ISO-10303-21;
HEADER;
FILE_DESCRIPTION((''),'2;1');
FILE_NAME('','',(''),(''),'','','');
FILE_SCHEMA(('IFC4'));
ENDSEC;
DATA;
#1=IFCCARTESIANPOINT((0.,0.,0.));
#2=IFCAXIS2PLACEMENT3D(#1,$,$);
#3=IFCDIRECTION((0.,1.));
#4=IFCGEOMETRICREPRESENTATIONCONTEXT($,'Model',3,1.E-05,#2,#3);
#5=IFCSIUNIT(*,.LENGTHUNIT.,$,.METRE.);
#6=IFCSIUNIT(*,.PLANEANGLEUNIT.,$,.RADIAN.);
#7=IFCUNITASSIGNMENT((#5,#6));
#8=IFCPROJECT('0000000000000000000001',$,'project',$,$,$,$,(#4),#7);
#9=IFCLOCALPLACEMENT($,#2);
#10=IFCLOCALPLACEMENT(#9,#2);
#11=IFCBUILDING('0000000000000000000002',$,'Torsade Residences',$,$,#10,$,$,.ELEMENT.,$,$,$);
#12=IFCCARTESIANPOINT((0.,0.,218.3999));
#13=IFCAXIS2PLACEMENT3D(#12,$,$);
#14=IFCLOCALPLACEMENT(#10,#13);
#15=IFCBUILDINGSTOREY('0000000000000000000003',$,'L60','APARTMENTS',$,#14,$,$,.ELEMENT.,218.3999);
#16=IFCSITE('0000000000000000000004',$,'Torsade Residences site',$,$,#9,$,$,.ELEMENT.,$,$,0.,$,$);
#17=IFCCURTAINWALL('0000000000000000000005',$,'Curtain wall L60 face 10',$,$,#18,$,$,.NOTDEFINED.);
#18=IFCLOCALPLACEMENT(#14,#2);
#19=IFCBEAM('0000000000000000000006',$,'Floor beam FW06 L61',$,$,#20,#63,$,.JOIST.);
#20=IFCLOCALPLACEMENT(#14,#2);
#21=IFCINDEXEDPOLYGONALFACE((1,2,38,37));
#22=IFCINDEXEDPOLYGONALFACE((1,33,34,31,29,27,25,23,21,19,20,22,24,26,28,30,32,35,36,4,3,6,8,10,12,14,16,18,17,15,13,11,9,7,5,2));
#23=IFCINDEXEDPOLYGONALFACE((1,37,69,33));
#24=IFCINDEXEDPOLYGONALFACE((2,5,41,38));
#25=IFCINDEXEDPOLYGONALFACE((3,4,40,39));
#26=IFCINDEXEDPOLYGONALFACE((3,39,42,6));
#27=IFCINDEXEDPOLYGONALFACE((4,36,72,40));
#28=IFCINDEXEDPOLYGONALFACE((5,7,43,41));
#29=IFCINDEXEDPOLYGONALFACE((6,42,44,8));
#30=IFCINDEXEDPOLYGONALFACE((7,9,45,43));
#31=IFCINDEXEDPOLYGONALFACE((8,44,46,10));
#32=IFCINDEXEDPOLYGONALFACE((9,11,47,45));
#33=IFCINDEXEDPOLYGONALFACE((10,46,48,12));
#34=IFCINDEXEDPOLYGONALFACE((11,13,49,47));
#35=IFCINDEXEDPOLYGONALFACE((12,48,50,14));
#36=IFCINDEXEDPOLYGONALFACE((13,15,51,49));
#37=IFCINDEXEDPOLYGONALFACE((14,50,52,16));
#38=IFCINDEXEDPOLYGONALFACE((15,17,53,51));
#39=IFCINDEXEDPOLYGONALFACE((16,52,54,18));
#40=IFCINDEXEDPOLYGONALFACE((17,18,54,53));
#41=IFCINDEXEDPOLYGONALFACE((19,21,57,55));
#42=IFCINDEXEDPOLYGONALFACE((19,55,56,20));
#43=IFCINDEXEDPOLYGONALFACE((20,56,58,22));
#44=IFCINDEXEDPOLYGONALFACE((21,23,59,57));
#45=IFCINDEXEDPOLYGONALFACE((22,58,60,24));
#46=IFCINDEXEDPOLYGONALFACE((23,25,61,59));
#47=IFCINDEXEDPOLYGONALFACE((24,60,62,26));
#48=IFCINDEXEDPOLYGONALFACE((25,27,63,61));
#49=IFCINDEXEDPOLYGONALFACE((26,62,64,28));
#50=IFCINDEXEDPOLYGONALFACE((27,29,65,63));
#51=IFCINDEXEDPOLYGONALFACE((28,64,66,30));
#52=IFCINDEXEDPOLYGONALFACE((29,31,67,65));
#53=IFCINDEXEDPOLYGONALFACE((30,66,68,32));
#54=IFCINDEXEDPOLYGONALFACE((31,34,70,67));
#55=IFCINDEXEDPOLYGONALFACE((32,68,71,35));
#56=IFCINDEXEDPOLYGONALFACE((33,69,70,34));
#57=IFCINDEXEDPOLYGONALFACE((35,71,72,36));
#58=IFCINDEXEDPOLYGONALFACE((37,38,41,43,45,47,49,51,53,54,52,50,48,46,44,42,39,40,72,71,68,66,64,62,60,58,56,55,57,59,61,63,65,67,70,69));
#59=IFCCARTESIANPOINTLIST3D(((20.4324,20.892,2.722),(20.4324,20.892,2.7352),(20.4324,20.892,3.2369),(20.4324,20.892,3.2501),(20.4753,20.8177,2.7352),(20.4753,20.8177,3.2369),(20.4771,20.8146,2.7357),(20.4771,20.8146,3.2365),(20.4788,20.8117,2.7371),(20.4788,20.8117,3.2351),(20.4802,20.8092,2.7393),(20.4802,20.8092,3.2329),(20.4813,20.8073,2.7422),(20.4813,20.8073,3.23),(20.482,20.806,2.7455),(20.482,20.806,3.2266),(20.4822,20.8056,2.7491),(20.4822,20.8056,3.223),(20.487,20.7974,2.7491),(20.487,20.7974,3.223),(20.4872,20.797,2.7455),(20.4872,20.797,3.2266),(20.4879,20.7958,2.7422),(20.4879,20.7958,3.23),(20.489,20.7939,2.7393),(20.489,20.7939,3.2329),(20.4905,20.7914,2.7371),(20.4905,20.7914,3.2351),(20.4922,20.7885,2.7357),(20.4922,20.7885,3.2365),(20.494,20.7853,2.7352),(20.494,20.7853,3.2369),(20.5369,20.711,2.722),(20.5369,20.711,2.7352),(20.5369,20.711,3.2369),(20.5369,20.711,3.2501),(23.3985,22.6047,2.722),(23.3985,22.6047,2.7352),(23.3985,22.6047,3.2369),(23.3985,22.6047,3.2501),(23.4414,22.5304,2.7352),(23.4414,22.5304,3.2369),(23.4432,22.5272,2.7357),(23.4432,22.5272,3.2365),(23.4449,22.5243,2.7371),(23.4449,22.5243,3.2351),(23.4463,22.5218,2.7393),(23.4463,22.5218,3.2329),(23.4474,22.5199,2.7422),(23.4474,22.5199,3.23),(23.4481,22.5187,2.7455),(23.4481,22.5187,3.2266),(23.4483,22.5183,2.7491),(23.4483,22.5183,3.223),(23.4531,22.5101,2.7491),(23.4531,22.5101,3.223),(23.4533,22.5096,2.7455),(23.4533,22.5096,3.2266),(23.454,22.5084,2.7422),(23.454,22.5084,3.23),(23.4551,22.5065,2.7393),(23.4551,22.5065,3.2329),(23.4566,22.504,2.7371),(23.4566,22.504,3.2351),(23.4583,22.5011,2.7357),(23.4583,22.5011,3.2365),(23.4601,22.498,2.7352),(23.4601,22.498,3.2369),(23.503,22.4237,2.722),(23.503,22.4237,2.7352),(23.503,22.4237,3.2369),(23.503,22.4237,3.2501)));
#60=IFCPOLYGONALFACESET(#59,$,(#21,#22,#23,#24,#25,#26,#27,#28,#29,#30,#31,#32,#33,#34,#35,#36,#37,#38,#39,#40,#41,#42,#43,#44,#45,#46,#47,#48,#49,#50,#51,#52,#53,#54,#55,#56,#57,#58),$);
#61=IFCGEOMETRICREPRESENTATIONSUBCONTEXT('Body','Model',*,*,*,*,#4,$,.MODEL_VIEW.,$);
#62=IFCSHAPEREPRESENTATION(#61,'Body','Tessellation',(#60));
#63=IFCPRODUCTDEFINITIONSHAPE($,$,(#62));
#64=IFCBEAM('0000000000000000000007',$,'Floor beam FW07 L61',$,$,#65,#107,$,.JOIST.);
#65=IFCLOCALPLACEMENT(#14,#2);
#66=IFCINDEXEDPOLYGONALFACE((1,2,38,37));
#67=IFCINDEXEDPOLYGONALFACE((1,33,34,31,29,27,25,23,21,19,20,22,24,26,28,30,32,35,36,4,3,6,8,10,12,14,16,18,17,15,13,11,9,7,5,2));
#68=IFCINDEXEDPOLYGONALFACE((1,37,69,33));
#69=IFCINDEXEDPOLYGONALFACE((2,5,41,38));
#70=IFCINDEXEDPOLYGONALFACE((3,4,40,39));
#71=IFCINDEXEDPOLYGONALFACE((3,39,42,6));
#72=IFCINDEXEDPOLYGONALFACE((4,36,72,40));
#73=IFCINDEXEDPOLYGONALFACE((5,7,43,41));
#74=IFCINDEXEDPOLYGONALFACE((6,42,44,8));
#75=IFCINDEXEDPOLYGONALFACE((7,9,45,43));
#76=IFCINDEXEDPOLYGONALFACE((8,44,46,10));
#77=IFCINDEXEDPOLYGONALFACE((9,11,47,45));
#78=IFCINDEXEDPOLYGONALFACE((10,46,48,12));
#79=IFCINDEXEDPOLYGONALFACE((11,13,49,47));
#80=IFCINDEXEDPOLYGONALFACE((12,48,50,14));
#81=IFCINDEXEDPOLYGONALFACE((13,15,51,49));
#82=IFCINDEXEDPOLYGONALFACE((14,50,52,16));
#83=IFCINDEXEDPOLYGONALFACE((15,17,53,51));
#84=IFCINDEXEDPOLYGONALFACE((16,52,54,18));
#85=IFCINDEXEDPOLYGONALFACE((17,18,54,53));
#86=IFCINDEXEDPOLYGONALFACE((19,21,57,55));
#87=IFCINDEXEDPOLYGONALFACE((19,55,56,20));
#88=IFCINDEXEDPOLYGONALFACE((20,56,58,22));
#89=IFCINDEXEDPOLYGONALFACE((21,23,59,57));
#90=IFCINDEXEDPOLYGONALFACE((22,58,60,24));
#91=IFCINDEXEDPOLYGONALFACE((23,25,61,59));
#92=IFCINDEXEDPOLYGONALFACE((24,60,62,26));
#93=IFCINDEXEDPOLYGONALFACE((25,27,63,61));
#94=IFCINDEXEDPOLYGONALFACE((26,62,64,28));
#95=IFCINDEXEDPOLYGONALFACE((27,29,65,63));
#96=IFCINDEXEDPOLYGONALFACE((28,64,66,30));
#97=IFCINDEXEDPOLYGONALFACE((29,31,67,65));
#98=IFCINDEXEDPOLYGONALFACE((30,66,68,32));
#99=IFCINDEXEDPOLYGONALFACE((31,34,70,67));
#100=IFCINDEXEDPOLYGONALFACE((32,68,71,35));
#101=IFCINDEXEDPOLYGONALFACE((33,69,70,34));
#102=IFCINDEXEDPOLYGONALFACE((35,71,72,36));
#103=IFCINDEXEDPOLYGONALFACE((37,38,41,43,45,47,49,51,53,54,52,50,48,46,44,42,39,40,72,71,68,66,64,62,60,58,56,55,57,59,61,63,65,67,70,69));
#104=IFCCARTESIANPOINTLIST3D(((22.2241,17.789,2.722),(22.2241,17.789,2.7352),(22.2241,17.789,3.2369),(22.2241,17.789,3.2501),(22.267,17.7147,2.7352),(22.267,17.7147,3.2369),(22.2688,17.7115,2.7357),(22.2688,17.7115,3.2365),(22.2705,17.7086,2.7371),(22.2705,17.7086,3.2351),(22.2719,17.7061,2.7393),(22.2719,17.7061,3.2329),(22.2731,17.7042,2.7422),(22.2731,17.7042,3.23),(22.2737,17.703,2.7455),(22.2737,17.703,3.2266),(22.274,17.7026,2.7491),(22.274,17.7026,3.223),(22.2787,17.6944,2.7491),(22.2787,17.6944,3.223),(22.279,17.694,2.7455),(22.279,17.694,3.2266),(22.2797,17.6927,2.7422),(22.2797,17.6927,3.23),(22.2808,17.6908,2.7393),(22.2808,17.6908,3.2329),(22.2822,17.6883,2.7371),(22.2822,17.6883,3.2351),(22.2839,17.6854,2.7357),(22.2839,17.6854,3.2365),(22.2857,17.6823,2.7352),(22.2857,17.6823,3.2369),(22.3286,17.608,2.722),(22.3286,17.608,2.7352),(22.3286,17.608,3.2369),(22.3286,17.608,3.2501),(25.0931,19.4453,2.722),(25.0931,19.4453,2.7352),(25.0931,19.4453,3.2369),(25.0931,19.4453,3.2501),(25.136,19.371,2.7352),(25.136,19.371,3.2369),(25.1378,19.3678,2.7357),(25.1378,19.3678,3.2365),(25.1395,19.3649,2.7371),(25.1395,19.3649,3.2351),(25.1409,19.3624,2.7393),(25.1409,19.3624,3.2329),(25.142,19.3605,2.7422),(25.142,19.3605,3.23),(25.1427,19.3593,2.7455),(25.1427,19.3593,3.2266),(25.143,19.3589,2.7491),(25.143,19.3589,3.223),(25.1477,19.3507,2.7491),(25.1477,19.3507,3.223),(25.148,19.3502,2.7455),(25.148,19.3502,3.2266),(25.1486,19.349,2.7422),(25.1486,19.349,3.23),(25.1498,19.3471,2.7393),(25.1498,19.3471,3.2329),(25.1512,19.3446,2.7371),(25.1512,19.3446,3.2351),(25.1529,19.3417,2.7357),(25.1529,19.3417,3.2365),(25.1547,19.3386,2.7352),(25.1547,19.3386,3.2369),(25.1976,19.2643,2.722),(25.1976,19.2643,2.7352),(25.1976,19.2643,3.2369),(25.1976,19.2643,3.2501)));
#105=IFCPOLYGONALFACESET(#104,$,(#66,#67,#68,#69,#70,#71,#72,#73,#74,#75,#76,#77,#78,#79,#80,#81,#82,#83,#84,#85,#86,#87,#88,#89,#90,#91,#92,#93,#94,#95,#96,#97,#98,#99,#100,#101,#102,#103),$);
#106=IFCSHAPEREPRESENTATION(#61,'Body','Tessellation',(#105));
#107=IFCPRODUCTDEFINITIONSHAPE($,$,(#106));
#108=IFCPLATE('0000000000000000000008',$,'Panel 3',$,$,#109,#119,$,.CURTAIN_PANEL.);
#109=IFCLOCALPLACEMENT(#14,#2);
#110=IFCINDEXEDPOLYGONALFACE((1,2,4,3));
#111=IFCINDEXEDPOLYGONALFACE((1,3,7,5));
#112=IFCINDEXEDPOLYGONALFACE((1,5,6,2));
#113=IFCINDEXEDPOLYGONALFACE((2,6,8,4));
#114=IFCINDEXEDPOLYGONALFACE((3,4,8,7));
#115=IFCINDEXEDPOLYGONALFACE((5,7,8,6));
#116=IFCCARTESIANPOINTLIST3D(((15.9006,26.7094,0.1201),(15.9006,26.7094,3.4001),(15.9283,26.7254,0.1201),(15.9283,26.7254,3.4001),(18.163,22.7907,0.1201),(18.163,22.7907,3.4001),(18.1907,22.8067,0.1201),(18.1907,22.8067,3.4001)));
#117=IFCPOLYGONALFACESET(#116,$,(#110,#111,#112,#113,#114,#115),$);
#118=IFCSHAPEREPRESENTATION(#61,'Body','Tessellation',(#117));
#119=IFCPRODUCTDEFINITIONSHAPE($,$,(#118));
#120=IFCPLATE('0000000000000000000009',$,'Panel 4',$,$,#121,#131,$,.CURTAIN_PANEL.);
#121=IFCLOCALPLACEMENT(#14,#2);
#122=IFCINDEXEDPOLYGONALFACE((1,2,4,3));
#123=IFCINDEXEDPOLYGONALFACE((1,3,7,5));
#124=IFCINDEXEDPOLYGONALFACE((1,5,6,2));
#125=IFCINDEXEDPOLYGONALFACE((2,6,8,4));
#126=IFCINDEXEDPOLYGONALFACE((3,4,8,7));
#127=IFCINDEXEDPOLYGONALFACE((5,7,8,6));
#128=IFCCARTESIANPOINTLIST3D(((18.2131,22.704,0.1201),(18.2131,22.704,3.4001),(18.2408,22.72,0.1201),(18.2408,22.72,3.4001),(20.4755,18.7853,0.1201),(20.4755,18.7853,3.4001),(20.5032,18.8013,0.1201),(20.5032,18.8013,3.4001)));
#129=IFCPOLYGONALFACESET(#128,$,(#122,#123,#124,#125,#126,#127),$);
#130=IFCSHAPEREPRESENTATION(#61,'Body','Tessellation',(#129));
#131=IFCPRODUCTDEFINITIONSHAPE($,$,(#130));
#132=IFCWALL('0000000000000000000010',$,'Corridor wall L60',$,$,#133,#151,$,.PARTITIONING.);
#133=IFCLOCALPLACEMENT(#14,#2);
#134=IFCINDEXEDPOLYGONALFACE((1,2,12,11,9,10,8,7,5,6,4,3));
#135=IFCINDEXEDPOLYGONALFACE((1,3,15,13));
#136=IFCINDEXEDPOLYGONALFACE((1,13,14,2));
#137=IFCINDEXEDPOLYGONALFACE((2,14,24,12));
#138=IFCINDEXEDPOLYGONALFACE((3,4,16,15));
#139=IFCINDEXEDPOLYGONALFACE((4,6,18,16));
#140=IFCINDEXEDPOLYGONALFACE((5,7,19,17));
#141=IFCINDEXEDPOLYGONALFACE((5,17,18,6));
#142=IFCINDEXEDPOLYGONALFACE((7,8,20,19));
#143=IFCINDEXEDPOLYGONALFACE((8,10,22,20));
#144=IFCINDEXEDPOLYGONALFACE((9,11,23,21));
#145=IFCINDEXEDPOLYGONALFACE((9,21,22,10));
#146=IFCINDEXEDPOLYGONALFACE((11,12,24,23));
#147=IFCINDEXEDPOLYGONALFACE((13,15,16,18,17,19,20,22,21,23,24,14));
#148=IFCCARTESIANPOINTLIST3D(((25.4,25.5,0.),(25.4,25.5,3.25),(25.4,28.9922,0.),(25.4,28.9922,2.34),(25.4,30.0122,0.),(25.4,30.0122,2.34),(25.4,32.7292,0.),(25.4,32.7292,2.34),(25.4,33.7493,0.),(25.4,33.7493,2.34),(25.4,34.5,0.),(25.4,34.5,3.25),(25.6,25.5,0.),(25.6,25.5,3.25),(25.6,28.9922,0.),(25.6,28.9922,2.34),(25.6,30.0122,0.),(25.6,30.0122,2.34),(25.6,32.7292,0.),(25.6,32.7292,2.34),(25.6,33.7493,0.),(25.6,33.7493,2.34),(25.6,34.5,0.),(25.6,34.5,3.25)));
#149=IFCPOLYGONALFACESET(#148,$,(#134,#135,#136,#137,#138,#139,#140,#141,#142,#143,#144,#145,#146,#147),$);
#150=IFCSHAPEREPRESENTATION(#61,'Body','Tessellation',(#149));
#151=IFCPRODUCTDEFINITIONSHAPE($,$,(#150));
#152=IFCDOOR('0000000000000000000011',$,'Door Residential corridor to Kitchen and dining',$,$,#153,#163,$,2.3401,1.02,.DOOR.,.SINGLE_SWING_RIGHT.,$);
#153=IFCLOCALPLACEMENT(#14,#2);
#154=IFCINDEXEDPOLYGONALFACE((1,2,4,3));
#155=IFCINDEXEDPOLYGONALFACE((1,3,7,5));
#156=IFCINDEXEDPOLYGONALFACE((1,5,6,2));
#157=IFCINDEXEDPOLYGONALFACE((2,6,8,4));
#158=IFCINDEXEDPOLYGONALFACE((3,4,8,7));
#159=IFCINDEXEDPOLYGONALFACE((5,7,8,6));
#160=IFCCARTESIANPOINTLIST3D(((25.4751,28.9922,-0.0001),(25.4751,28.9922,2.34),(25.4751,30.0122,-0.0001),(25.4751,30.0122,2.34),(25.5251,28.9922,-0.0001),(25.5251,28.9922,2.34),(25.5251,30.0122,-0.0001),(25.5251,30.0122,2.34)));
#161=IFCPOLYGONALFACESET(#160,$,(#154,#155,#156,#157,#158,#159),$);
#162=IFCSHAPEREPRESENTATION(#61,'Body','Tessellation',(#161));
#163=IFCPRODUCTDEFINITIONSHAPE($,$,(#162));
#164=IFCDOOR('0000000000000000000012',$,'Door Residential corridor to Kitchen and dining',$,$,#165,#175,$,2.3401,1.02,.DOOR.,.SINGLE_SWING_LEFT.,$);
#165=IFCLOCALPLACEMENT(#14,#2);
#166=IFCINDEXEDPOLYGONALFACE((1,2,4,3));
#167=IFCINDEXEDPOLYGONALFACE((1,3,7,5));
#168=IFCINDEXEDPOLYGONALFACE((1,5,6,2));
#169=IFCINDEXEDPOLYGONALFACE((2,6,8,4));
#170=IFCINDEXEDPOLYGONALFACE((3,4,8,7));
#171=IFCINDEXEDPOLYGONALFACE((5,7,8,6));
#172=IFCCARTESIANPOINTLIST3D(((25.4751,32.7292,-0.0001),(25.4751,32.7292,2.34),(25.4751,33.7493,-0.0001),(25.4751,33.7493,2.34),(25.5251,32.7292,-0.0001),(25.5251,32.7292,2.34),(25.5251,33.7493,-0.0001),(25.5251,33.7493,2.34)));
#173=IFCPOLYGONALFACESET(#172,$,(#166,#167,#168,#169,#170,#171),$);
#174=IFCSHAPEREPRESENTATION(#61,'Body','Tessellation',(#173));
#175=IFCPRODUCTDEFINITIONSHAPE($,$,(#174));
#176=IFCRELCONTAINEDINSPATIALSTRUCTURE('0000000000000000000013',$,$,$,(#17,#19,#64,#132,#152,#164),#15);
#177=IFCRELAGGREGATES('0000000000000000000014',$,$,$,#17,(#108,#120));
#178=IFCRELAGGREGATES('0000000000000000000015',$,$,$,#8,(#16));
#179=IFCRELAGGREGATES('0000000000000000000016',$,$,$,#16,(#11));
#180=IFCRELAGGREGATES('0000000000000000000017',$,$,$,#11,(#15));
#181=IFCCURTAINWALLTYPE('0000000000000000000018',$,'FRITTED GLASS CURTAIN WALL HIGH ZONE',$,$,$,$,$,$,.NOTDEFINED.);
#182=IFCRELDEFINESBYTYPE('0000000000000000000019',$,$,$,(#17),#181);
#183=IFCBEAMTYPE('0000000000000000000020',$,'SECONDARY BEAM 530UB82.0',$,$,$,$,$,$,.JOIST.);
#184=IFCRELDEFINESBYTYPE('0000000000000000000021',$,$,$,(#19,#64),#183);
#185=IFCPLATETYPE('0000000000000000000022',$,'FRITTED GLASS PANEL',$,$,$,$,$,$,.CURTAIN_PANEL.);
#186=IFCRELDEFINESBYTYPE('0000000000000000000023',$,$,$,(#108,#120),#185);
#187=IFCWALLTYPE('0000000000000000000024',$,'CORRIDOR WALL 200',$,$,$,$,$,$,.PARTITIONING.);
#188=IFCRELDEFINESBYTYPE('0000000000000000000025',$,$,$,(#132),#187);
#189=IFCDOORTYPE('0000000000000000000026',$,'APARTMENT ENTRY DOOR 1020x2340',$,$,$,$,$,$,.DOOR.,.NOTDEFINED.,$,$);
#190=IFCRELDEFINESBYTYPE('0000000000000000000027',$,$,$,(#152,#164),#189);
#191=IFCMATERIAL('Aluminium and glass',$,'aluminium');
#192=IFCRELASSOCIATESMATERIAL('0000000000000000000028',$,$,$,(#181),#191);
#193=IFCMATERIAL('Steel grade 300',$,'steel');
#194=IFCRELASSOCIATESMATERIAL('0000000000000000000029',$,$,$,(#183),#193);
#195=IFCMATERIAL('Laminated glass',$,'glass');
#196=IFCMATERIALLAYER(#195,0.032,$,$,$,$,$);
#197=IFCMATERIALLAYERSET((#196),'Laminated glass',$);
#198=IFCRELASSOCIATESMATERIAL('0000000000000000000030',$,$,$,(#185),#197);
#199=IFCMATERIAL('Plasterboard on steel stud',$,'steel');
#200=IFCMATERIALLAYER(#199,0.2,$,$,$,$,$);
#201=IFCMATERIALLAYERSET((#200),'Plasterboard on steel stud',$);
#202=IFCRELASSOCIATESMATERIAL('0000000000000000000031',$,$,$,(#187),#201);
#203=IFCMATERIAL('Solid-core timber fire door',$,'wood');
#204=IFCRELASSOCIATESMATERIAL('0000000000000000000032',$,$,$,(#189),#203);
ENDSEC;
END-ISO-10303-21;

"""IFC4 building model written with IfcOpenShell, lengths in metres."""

from ifc_helpers import new_model, si_unit, direction, frame, frame_2d, origin, origin_2d, place, context, subcontext, project, spatial, rectangle, i_section, extrude, material, layer, layer_set, material_profile, profile_set, type_object, element, fill, aggregate, save


model = new_model("IFC4")

# Units and contexts
model_context = context("Model", 3, precision=1e-05, world=origin(), true_north=direction((0.0, 1.0)))
body_context = subcontext(model_context, "Body", "Model", "MODEL_VIEW")
ifc_project = project(units=[si_unit("LENGTHUNIT", "METRE"), si_unit("PLANEANGLEUNIT", "RADIAN")], contexts=[model_context])

# Site, building, storey
site_placement = place(None, origin())
site = spatial("IfcSite", under=ifc_project, at=site_placement, Name="Torsade Residences site", CompositionType="ELEMENT", RefElevation=0.0)
building_placement = place(site_placement, origin())
building = spatial("IfcBuilding", under=site, at=building_placement, Name="Torsade Residences", CompositionType="ELEMENT")
storey_placement = place(building_placement, frame((0.0, 0.0, 218.3999)))
storey = spatial("IfcBuildingStorey", under=building, at=storey_placement, Name="L60", Description="APARTMENTS", CompositionType="ELEMENT", Elevation=218.3999)

# Curtain wall
ifc_material_1 = material(Name="Aluminium and glass", Category="aluminium")
curtain_wall_type = type_object("IfcCurtainWallType", Name="FRITTED GLASS CURTAIN WALL HIGH ZONE", PredefinedType="NOTDEFINED", material=ifc_material_1)
curtain_wall_placement = place(storey_placement, origin())
curtain_wall = element("IfcCurtainWall", 1, at=curtain_wall_placement, inside=storey, type_object=curtain_wall_type, Name="Curtain wall L60 face 10", PredefinedType="NOTDEFINED")

# Beams
ifc_material_2 = material(Name="Steel grade 300", Category="steel")
ifc_material_profile_1 = material_profile(ifc_material_2, i_section(OverallWidth=0.209, OverallDepth=0.5281, WebThickness=0.0095, FlangeThickness=0.0132, FilletRadius=0.0139, at=origin_2d()), Name="530UB82.0")
ifc_profile_set_1 = profile_set([ifc_material_profile_1], Name="Steel grade 300")
beam_type_1 = type_object("IfcBeamType", Name="SECONDARY BEAM 530UB82.0", PredefinedType="JOIST", material=ifc_profile_set_1)
beam_1_placement = place(storey_placement, frame((20.4846, 20.8015, 2.9861), z_axis=(0.866002, 0.500041, 0.0), x_axis=(-0.500041, 0.866002, 0.0)))
element("IfcBeam", 2, at=beam_1_placement, inside=storey, type_object=beam_type_1, Name="Floor beam FW06 L61", PredefinedType="JOIST", context=body_context, shape_type="SweptSolid", body=[
    extrude(i_section(OverallWidth=0.209, OverallDepth=0.5281, WebThickness=0.0095, FlangeThickness=0.0132, FilletRadius=0.0139, at=origin_2d()), origin(), (0.0, 0.0, 1.0), 3.425),
])
beam_2_placement = place(storey_placement, frame((22.2764, 17.6985, 2.9861), z_axis=(0.86604, 0.499976, 0.0), x_axis=(-0.499976, 0.86604, 0.0)))
element("IfcBeam", 3, at=beam_2_placement, inside=storey, type_object=beam_type_1, Name="Floor beam FW07 L61", PredefinedType="JOIST", context=body_context, shape_type="SweptSolid", body=[
    extrude(i_section(OverallWidth=0.209, OverallDepth=0.5281, WebThickness=0.0095, FlangeThickness=0.0132, FilletRadius=0.0139, at=origin_2d()), origin(), (0.0, 0.0, 1.0), 3.3127),
])

# Plates
ifc_material_3 = material(Name="Laminated glass", Category="glass")
ifc_layer_1 = layer(ifc_material_3, 0.032)
ifc_layer_set_1 = layer_set([ifc_layer_1], Name="Laminated glass")
plate_type = type_object("IfcPlateType", Name="FRITTED GLASS PANEL", PredefinedType="CURTAIN_PANEL", material=ifc_layer_set_1)
plate_1_placement = place(storey_placement, frame((17.0457, 24.7581, 0.1201), z_axis=(0.0, 0.0, 1.0), x_axis=(0.5, -0.866025, 0.0)))
plate_1 = element("IfcPlate", 4, at=plate_1_placement, type_object=plate_type, Name="Panel 3", PredefinedType="CURTAIN_PANEL", context=body_context, shape_type="SweptSolid", body=[
    extrude(rectangle(XDim=4.5249, YDim=0.032, at=origin_2d()), origin(), (0.0, 0.0, 1.0), 3.28),
])
plate_2_placement = place(storey_placement, frame((19.3582, 20.7527, 0.1201), z_axis=(0.0, 0.0, 1.0), x_axis=(0.5, -0.866025, 0.0)))
plate_2 = element("IfcPlate", 5, at=plate_2_placement, type_object=plate_type, Name="Panel 4", PredefinedType="CURTAIN_PANEL", context=body_context, shape_type="SweptSolid", body=[
    extrude(rectangle(XDim=4.5249, YDim=0.032, at=origin_2d()), origin(), (0.0, 0.0, 1.0), 3.28),
])
aggregate(curtain_wall, [plate_1, plate_2])

# Wall, openings, doors
ifc_material_4 = material(Name="Plasterboard on steel stud", Category="steel")
ifc_layer_2 = layer(ifc_material_4, 0.2)
ifc_layer_set_2 = layer_set([ifc_layer_2], Name="Plasterboard on steel stud")
wall_type_1 = type_object("IfcWallType", Name="CORRIDOR WALL 200", PredefinedType="PARTITIONING", material=ifc_layer_set_2)
wall_1_placement = place(storey_placement, frame((25.5, 25.5, 0.0), z_axis=(0.0, 0.0, 1.0), x_axis=(0.0, 1.0, 0.0)))
wall_1 = element("IfcWall", 6, at=wall_1_placement, inside=storey, type_object=wall_type_1, Name="Corridor wall L60", PredefinedType="PARTITIONING", context=body_context, shape_type="SweptSolid", body=[
    extrude(rectangle(XDim=9.0, YDim=0.2, at=frame_2d((4.5, 0.0))), origin(), (0.0, 0.0, 1.0), 3.25),
])
opening_1_placement = place(wall_1_placement, frame((3.4922, 0.0, 0.0)))
opening_1 = element("IfcOpeningElement", 7, at=opening_1_placement, cuts=wall_1, PredefinedType="OPENING", context=body_context, shape_type="SweptSolid", body=[
    extrude(rectangle(XDim=1.02, YDim=2.3401, at=frame_2d((0.51, 1.1699))), frame((0.0, 0.1099, 0.0), z_axis=(0.0, -1.0, 0.0), x_axis=(1.0, 0.0, 0.0)), (0.0, 0.0, 1.0), 0.22),
])
opening_2_placement = place(wall_1_placement, frame((7.2292, 0.0, 0.0)))
opening_2 = element("IfcOpeningElement", 8, at=opening_2_placement, cuts=wall_1, PredefinedType="OPENING", context=body_context, shape_type="SweptSolid", body=[
    extrude(rectangle(XDim=1.02, YDim=2.3401, at=frame_2d((0.51, 1.1699))), frame((0.0, 0.1099, 0.0), z_axis=(0.0, -1.0, 0.0), x_axis=(1.0, 0.0, 0.0)), (0.0, 0.0, 1.0), 0.22),
])
ifc_material_5 = material(Name="Solid-core timber fire door", Category="wood")
door_type_1 = type_object("IfcDoorType", Name="APARTMENT ENTRY DOOR 1020x2340", OperationType="NOTDEFINED", PredefinedType="DOOR", material=ifc_material_5)
door_1_placement = place(opening_1_placement, origin())
door_1 = element("IfcDoor", 9, at=door_1_placement, inside=storey, type_object=door_type_1, Name="Door Residential corridor to Kitchen and dining", OperationType="SINGLE_SWING_RIGHT", OverallHeight=2.3401, OverallWidth=1.02, PredefinedType="DOOR", context=body_context, shape_type="SweptSolid", body=[
    extrude(rectangle(XDim=1.02, YDim=2.3401, at=frame_2d((0.51, 1.1699))), frame((0.0, 0.0249, 0.0), z_axis=(0.0, -1.0, 0.0), x_axis=(1.0, 0.0, 0.0)), (0.0, 0.0, 1.0), 0.05),
])
fill(opening_1, door_1)
door_2_placement = place(opening_2_placement, origin())
door_2 = element("IfcDoor", 10, at=door_2_placement, inside=storey, type_object=door_type_1, Name="Door Residential corridor to Kitchen and dining", OperationType="SINGLE_SWING_LEFT", OverallHeight=2.3401, OverallWidth=1.02, PredefinedType="DOOR", context=body_context, shape_type="SweptSolid", body=[
    extrude(rectangle(XDim=1.02, YDim=2.3401, at=frame_2d((0.51, 1.1699))), frame((0.0, 0.0249, 0.0), z_axis=(0.0, -1.0, 0.0), x_axis=(1.0, 0.0, 0.0)), (0.0, 0.0, 1.0), 0.05),
])
fill(opening_2, door_2)

save(model, "model.ifc")
